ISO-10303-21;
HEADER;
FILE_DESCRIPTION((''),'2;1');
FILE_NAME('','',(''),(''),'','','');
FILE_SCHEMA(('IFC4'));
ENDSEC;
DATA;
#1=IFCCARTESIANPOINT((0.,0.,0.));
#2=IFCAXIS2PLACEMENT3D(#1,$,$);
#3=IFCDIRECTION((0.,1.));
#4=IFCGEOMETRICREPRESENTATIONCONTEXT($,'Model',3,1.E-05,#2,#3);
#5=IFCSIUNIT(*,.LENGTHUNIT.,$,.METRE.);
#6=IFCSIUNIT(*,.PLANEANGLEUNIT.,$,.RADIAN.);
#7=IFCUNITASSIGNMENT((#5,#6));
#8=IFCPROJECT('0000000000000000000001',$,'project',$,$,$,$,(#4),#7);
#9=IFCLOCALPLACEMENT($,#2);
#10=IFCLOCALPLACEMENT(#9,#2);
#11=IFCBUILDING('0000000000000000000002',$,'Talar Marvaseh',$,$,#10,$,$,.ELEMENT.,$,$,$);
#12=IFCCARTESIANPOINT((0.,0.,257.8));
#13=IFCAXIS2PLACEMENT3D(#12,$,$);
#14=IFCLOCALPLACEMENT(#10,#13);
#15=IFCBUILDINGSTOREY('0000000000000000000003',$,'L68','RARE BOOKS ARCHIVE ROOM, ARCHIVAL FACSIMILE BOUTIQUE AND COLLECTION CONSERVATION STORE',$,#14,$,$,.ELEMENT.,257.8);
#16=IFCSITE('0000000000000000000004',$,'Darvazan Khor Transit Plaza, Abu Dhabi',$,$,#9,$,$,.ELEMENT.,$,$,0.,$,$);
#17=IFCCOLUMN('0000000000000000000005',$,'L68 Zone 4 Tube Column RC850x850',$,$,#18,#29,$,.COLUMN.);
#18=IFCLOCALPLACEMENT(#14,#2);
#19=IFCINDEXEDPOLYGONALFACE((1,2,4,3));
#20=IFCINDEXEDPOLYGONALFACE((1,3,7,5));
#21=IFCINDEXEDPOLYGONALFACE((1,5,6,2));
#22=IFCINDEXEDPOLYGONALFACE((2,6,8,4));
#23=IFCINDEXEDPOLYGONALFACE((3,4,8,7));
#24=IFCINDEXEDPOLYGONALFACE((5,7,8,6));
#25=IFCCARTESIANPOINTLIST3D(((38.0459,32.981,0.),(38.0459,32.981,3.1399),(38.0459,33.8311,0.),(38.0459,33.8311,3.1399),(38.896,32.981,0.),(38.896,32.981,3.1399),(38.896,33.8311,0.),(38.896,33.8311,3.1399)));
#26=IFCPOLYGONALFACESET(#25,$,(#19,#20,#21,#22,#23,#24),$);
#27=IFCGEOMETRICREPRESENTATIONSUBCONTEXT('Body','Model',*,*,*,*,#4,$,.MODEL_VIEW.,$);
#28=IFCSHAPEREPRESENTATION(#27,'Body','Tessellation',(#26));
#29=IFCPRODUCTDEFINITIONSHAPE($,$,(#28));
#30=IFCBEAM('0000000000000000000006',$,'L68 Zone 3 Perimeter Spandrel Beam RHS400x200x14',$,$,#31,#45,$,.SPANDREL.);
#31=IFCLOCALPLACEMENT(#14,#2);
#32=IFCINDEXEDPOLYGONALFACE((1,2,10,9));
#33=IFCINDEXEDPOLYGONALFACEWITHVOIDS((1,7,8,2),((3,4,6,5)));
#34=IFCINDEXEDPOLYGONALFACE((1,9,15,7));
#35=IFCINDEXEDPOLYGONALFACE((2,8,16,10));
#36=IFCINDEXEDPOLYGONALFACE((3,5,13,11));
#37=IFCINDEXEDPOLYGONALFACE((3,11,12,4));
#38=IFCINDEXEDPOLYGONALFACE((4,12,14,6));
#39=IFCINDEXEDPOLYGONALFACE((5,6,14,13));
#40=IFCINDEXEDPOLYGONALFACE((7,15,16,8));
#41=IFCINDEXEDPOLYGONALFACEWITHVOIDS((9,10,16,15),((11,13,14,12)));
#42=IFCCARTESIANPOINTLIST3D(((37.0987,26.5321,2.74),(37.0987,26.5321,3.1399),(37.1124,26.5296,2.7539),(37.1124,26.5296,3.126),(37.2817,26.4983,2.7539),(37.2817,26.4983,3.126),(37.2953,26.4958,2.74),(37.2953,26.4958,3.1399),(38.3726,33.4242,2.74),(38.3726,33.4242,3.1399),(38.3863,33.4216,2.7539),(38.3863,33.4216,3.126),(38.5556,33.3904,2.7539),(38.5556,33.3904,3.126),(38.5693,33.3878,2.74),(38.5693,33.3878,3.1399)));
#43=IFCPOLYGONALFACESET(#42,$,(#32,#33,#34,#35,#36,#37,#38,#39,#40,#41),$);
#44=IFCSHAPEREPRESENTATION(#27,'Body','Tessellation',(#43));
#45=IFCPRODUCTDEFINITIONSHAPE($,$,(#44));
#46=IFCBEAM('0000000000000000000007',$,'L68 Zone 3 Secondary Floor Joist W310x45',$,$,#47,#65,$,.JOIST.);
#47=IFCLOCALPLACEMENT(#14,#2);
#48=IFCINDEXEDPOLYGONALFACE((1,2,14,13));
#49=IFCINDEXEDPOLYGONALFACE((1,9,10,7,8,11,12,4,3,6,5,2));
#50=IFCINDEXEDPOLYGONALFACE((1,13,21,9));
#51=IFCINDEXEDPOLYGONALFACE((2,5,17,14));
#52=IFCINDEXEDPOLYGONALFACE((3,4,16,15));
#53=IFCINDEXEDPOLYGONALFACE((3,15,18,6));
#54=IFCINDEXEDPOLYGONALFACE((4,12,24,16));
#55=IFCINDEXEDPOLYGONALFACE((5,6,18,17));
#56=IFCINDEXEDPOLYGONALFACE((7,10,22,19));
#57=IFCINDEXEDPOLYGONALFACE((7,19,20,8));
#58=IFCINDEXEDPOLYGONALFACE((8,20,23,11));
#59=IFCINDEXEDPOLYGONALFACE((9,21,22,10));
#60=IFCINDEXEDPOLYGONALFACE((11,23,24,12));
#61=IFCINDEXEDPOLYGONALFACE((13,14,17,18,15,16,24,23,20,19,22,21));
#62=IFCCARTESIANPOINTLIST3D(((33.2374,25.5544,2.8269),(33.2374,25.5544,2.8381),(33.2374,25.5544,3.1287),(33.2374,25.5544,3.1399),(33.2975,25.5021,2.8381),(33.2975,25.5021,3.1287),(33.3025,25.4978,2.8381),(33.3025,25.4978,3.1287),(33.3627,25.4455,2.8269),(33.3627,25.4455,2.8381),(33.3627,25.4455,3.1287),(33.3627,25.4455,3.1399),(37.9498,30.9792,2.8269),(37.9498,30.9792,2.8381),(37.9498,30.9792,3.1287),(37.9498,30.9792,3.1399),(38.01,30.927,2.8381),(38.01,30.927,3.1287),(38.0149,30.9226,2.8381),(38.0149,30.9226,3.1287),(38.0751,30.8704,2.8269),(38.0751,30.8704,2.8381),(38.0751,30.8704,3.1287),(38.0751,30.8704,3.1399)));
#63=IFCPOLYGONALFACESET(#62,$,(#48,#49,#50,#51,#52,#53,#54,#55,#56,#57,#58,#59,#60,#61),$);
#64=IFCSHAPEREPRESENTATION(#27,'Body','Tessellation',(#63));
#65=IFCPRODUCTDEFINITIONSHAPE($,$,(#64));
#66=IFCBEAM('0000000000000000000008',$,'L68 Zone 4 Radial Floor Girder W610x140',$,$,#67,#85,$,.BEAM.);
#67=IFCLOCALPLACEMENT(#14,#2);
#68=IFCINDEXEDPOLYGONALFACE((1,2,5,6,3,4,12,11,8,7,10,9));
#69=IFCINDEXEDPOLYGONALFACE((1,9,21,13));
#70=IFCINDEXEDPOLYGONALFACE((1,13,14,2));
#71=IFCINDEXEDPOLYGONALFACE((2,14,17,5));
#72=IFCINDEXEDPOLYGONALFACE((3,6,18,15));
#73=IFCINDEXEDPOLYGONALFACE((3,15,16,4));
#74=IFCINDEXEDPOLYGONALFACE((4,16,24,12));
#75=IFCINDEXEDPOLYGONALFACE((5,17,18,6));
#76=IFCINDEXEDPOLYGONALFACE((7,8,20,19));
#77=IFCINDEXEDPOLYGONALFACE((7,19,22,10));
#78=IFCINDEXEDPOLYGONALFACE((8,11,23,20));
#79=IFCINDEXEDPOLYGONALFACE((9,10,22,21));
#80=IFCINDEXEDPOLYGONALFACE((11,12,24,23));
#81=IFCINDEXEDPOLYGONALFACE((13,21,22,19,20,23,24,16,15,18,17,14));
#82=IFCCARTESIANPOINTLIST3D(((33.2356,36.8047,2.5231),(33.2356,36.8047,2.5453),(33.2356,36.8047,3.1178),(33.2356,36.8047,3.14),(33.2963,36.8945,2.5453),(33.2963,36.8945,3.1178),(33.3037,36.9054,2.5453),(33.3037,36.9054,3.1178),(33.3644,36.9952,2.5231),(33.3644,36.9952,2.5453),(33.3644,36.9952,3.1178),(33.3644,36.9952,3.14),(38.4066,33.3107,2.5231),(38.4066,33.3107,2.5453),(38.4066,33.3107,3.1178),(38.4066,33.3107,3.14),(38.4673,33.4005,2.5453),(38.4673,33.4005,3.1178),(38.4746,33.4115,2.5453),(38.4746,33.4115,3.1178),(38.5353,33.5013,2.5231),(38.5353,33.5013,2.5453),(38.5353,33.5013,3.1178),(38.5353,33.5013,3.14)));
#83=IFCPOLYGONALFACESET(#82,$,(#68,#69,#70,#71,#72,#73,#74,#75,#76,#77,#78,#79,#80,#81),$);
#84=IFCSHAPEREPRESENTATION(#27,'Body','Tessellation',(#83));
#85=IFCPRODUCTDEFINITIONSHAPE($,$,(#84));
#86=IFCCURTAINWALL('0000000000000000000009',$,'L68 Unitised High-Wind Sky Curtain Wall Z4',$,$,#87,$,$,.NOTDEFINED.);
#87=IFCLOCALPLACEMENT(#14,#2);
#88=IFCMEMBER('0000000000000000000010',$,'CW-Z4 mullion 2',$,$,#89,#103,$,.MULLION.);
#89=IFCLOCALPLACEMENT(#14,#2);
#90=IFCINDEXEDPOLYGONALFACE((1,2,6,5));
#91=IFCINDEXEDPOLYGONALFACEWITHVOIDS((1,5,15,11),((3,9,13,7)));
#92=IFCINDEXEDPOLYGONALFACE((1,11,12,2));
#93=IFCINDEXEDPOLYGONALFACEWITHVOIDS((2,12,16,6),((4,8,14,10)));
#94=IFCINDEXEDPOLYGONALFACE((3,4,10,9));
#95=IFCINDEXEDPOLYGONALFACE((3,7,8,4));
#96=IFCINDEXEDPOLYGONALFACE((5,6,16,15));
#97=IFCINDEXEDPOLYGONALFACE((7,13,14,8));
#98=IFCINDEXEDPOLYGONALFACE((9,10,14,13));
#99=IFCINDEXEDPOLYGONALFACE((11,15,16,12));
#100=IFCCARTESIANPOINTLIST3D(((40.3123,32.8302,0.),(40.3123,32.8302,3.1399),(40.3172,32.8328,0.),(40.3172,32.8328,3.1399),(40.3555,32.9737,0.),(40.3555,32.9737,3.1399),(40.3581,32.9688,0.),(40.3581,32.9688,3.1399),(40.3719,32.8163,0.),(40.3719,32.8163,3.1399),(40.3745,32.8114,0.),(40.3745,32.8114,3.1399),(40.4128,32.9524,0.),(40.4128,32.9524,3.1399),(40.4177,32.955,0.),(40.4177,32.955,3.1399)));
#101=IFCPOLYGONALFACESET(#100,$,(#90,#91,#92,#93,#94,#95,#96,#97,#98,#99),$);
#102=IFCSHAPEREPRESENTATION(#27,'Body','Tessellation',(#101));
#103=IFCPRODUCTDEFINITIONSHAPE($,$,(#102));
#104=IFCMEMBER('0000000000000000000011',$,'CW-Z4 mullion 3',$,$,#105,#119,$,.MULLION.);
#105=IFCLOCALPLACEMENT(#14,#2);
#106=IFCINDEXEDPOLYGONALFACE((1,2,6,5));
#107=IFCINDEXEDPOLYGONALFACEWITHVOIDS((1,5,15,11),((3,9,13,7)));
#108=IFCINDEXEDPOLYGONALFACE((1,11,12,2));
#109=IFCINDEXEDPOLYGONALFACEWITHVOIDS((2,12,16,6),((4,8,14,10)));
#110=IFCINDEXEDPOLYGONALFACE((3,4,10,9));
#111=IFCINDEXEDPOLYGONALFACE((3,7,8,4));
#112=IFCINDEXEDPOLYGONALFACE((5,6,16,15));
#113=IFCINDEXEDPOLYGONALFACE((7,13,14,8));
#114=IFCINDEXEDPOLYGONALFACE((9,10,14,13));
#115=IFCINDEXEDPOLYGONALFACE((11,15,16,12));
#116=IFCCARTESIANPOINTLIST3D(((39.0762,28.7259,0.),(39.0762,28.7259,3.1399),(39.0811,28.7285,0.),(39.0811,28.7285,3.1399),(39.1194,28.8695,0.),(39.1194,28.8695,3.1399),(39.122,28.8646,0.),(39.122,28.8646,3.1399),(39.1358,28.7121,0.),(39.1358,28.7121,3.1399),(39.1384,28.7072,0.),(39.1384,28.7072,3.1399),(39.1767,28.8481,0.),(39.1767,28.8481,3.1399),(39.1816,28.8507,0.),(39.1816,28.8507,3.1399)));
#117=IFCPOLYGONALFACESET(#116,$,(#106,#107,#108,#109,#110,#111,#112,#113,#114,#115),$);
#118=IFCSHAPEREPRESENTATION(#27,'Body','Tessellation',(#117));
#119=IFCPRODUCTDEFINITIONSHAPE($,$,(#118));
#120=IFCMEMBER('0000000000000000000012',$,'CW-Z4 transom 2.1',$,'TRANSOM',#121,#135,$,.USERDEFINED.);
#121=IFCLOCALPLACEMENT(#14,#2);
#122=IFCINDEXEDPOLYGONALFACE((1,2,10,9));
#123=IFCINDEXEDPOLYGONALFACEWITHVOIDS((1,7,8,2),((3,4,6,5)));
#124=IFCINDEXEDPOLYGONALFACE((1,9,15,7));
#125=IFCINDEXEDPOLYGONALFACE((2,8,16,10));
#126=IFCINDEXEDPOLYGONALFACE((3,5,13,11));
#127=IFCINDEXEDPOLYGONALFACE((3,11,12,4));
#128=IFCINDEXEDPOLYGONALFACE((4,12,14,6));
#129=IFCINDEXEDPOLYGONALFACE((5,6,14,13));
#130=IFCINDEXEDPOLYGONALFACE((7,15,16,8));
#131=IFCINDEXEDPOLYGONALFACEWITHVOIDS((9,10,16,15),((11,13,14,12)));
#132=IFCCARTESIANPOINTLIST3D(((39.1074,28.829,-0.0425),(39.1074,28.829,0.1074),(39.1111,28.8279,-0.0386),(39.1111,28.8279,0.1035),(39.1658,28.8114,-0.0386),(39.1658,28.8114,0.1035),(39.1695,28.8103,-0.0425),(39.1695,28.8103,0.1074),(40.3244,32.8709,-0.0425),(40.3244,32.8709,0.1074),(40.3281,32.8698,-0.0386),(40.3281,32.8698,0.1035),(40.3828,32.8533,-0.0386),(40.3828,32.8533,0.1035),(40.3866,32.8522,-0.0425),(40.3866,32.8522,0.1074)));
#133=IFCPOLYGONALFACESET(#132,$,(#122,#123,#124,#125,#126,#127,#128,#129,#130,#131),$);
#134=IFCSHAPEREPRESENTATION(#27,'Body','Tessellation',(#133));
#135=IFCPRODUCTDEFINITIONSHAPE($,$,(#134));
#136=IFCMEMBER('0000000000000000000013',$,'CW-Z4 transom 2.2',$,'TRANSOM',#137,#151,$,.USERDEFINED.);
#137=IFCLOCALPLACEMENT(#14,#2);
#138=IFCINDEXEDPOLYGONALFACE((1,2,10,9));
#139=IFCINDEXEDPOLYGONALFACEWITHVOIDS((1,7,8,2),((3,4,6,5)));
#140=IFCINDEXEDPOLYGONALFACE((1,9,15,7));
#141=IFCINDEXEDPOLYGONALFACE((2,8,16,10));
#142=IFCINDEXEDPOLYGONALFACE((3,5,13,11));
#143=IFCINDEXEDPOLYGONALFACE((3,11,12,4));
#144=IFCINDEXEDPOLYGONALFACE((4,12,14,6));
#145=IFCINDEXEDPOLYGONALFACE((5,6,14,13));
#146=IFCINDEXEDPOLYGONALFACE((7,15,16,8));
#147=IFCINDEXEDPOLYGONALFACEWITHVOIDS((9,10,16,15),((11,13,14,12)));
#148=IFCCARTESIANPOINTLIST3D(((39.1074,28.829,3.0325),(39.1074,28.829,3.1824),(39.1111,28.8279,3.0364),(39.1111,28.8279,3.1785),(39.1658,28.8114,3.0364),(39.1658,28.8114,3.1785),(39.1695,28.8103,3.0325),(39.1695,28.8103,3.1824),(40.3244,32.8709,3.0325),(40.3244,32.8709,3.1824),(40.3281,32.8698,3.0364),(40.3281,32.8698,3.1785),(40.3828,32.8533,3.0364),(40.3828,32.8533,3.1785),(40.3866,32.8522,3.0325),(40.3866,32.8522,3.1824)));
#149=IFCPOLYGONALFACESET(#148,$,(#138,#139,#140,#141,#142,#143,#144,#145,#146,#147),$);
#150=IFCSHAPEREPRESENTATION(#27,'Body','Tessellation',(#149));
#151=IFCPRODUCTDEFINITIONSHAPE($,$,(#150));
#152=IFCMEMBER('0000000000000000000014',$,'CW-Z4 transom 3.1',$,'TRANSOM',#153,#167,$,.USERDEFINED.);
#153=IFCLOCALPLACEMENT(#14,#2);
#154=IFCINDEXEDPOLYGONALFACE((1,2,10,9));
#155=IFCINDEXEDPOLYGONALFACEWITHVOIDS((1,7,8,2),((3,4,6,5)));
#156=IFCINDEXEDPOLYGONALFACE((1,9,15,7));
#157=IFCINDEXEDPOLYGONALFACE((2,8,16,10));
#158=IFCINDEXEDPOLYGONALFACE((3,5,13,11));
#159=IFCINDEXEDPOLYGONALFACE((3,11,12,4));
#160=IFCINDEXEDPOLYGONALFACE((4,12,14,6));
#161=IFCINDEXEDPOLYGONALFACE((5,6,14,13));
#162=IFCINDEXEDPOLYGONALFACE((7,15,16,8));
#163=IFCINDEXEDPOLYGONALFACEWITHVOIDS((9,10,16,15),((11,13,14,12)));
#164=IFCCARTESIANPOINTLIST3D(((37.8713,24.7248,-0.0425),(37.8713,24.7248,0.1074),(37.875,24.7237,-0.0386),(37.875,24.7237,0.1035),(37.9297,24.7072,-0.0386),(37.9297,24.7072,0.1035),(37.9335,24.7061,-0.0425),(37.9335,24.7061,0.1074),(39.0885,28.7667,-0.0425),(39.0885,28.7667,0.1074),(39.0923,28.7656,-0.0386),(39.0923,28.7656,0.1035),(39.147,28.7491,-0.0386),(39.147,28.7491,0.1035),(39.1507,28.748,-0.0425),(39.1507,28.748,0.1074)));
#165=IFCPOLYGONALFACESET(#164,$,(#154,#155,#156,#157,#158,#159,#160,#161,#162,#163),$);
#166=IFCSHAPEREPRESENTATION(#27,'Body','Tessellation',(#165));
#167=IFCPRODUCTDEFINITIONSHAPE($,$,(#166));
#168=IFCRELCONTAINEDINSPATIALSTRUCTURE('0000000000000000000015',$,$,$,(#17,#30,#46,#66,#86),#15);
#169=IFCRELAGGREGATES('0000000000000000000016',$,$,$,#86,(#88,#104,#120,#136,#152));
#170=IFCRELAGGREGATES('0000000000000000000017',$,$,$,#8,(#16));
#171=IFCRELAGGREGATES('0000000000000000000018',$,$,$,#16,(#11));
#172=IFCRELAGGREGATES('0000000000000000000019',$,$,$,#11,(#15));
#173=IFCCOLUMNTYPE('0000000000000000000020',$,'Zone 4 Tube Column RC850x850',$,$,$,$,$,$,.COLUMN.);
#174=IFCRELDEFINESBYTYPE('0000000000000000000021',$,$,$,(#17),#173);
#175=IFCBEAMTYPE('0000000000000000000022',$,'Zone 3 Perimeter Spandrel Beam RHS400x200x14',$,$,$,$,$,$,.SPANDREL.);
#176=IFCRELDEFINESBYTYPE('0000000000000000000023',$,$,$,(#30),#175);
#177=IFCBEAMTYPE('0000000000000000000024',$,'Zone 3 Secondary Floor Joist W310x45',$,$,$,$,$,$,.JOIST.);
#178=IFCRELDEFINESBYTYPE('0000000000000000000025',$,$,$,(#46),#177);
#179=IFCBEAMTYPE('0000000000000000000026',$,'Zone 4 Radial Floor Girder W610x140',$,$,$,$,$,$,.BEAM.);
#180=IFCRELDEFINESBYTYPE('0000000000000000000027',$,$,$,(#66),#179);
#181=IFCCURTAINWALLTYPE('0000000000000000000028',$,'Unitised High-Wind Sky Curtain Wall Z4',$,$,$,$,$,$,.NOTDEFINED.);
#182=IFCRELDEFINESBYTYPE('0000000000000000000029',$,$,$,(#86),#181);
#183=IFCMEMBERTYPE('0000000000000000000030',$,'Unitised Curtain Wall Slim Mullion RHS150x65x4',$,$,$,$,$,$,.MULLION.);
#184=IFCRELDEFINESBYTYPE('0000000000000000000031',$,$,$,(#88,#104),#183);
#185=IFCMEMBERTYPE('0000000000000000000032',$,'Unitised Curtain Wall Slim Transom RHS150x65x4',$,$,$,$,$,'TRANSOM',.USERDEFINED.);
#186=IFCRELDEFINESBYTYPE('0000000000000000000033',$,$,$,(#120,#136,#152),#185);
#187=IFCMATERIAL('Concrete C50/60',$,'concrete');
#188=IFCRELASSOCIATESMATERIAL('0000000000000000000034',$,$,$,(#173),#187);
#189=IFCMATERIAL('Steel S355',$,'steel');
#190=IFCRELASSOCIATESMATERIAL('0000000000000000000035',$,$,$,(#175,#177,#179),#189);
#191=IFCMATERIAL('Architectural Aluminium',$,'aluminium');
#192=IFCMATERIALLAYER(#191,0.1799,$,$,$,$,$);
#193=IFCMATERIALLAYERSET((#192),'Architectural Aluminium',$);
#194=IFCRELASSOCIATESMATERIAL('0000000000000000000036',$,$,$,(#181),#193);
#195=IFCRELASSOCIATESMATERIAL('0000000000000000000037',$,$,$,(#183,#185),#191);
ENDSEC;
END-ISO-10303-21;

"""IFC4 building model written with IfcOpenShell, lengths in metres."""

from ifc_helpers import new_model, si_unit, direction, frame, origin, origin_2d, place, context, subcontext, project, spatial, rectangle, hollow_rectangle, i_section, extrude, source, transform, mapped, material, layer, layer_set, material_profile, profile_set, type_object, type_shapes, element, aggregate, save


model = new_model("IFC4")

# Units and contexts
model_context = context("Model", 3, precision=1e-05, world=origin(), true_north=direction((0.0, 1.0)))
body_context = subcontext(model_context, "Body", "Model", "MODEL_VIEW")
ifc_project = project(units=[si_unit("LENGTHUNIT", "METRE"), si_unit("PLANEANGLEUNIT", "RADIAN")], contexts=[model_context])

# Site, building, storey
site_placement = place(None, origin())
site = spatial("IfcSite", under=ifc_project, at=site_placement, Name="Darvazan Khor Transit Plaza, Abu Dhabi", CompositionType="ELEMENT", RefElevation=0.0)
building_placement = place(site_placement, origin())
building = spatial("IfcBuilding", under=site, at=building_placement, Name="Talar Marvaseh", CompositionType="ELEMENT")
storey_placement = place(building_placement, frame((0.0, 0.0, 257.8)))
storey = spatial("IfcBuildingStorey", under=building, at=storey_placement, Name="L68", Description="RARE BOOKS ARCHIVE ROOM, ARCHIVAL FACSIMILE BOUTIQUE AND COLLECTION CONSERVATION STORE", CompositionType="ELEMENT", Elevation=257.8)

# Column
ifc_material_1 = material(Name="Concrete C50/60", Category="concrete")
ifc_material_profile_1 = material_profile(ifc_material_1, rectangle(XDim=0.8501, YDim=0.8501, at=origin_2d()), Name="RC850x850")
ifc_profile_set_1 = profile_set([ifc_material_profile_1], Name="Concrete C50/60")
column_type = type_object("IfcColumnType", Name="Zone 4 Tube Column RC850x850", PredefinedType="COLUMN", material=ifc_profile_set_1)
column_placement = place(storey_placement, frame((38.4709, 33.406, 0.0), z_axis=(0.0, 0.0, 1.0), x_axis=(1.0, 0.0, 0.0)))
element("IfcColumn", 1, at=column_placement, inside=storey, type_object=column_type, Name="L68 Zone 4 Tube Column RC850x850", PredefinedType="COLUMN", context=body_context, shape_type="SweptSolid", body=[
    extrude(rectangle(XDim=0.8501, YDim=0.8501, at=origin_2d()), origin(), (0.0, 0.0, 1.0), 3.1399),
])

# Beams
ifc_material_2 = material(Name="Steel S355", Category="steel")
ifc_material_profile_2 = material_profile(ifc_material_2, hollow_rectangle(XDim=0.2, YDim=0.3999, WallThickness=0.0139, at=origin_2d()), Name="RHS400x200x14")
ifc_profile_set_2 = profile_set([ifc_material_profile_2], Name="Steel S355")
beam_type_1 = type_object("IfcBeamType", Name="Zone 3 Perimeter Spandrel Beam RHS400x200x14", PredefinedType="SPANDREL", material=ifc_profile_set_2)
beam_1_placement = place(storey_placement, frame((38.4709, 33.406, 2.9399), z_axis=(-0.18176, -0.983343, 0.0), x_axis=(0.983343, -0.18176, 0.0)))
element("IfcBeam", 2, at=beam_1_placement, inside=storey, type_object=beam_type_1, Name="L68 Zone 3 Perimeter Spandrel Beam RHS400x200x14", PredefinedType="SPANDREL", context=body_context, shape_type="SweptSolid", body=[
    extrude(hollow_rectangle(XDim=0.2, YDim=0.3999, WallThickness=0.0139, at=origin_2d()), origin(), (0.0, 0.0, 1.0), 7.0088),
])
ifc_material_profile_3 = material_profile(ifc_material_2, i_section(OverallWidth=0.166, OverallDepth=0.313, WebThickness=0.0066, FlangeThickness=0.0112, at=origin_2d()), Name="W310x45")
ifc_profile_set_3 = profile_set([ifc_material_profile_3], Name="Steel S355")
beam_type_2 = type_object("IfcBeamType", Name="Zone 3 Secondary Floor Joist W310x45", PredefinedType="JOIST", material=ifc_profile_set_3)
beam_2_placement = place(storey_placement, frame((38.0125, 30.9248, 2.9834), z_axis=(-0.655797, -0.754938, 0.0), x_axis=(0.754938, -0.655797, 0.0)))
element("IfcBeam", 3, at=beam_2_placement, inside=storey, type_object=beam_type_2, Name="L68 Zone 3 Secondary Floor Joist W310x45", PredefinedType="JOIST", context=body_context, shape_type="SweptSolid", body=[
    extrude(i_section(OverallWidth=0.166, OverallDepth=0.313, WebThickness=0.0066, FlangeThickness=0.0112, at=origin_2d()), origin(), (0.0, 0.0, 1.0), 7.1858),
])
ifc_material_profile_4 = material_profile(ifc_material_2, i_section(OverallWidth=0.23, OverallDepth=0.6169, WebThickness=0.0132, FlangeThickness=0.0222, at=origin_2d()), Name="W610x140")
ifc_profile_set_4 = profile_set([ifc_material_profile_4], Name="Steel S355")
beam_type_3 = type_object("IfcBeamType", Name="Zone 4 Radial Floor Girder W610x140", PredefinedType="BEAM", material=ifc_profile_set_4)
beam_3_placement = place(storey_placement, frame((38.4709, 33.406, 2.8315), z_axis=(-0.828586, 0.559862, 0.0), x_axis=(-0.559862, -0.828586, 0.0)))
element("IfcBeam", 4, at=beam_3_placement, inside=storey, type_object=beam_type_3, Name="L68 Zone 4 Radial Floor Girder W610x140", PredefinedType="BEAM", context=body_context, shape_type="SweptSolid", body=[
    extrude(i_section(OverallWidth=0.23, OverallDepth=0.6169, WebThickness=0.0132, FlangeThickness=0.0222, at=origin_2d()), origin(), (0.0, 0.0, 1.0), 6.2407),
])

# Curtain wall, members
ifc_material_3 = material(Name="Architectural Aluminium", Category="aluminium")
ifc_layer_1 = layer(ifc_material_3, 0.1799)
ifc_layer_set_1 = layer_set([ifc_layer_1], Name="Architectural Aluminium")
curtain_wall_type = type_object("IfcCurtainWallType", Name="Unitised High-Wind Sky Curtain Wall Z4", PredefinedType="NOTDEFINED", material=ifc_layer_set_1)
curtain_wall_placement = place(storey_placement, origin())
curtain_wall = element("IfcCurtainWall", 5, at=curtain_wall_placement, inside=storey, type_object=curtain_wall_type, Name="L68 Unitised High-Wind Sky Curtain Wall Z4", PredefinedType="NOTDEFINED")
ifc_material_profile_5 = material_profile(ifc_material_3, hollow_rectangle(XDim=0.0649, YDim=0.1499, WallThickness=0.0039, at=origin_2d()), Name="RHS150x65x4")
ifc_profile_set_5 = profile_set([ifc_material_profile_5], Name="Architectural Aluminium")
member_type_1 = type_object("IfcMemberType", Name="Unitised Curtain Wall Slim Mullion RHS150x65x4", PredefinedType="MULLION", material=ifc_profile_set_5)
shared_shape_1 = source(origin(), body_context, "Body", "SweptSolid", [
    extrude(hollow_rectangle(XDim=0.0649, YDim=0.1499, WallThickness=0.0039, at=origin_2d()), origin(), (0.0, 0.0, 1.0), 3.1399),
])
type_shapes(member_type_1, [shared_shape_1])
member_1_placement = place(storey_placement, frame((40.365, 32.8926, 0.0), z_axis=(0.0, 0.0, 1.0), x_axis=(0.957526, -0.288346, 0.0)))
member_1 = element("IfcMember", 6, at=member_1_placement, type_object=member_type_1, Name="CW-Z4 mullion 2", PredefinedType="MULLION", context=body_context, shape_type="MappedRepresentation", body=[
    mapped(shared_shape_1, transform((0.0, 0.0, 0.0), x_axis=(1.0, 0.0, 0.0), y_axis=(0.0, 1.0, 0.0), z_axis=(0.0, 0.0, 1.0), scale=1.0)),
])
member_2_placement = place(storey_placement, frame((39.1289, 28.7883, 0.0), z_axis=(0.0, 0.0, 1.0), x_axis=(0.957526, -0.288346, 0.0)))
member_2 = element("IfcMember", 7, at=member_2_placement, type_object=member_type_1, Name="CW-Z4 mullion 3", PredefinedType="MULLION", context=body_context, shape_type="MappedRepresentation", body=[
    mapped(shared_shape_1, transform((0.0, 0.0, 0.0), x_axis=(1.0, 0.0, 0.0), y_axis=(0.0, 1.0, 0.0), z_axis=(0.0, 0.0, 1.0), scale=1.0)),
])
ifc_material_profile_6 = material_profile(ifc_material_3, hollow_rectangle(XDim=0.0649, YDim=0.1499, WallThickness=0.0039, at=origin_2d()), Name="RHS150x65x4")
ifc_profile_set_6 = profile_set([ifc_material_profile_6], Name="Architectural Aluminium")
member_type_2 = type_object("IfcMemberType", Name="Unitised Curtain Wall Slim Transom RHS150x65x4", ElementType="TRANSOM", PredefinedType="USERDEFINED", material=ifc_profile_set_6)
shared_shape_2 = source(origin(), body_context, "Body", "SweptSolid", [
    extrude(hollow_rectangle(XDim=0.0649, YDim=0.1499, WallThickness=0.0039, at=origin_2d()), origin(), (0.0, 0.0, 1.0), 4.2212),
])
type_shapes(member_type_2, [shared_shape_2])
member_3_placement = place(storey_placement, frame((40.3555, 32.8616, 0.0325), z_axis=(-0.288313, -0.957536, 0.0), x_axis=(0.957536, -0.288313, 0.0)))
member_3 = element("IfcMember", 8, at=member_3_placement, type_object=member_type_2, Name="CW-Z4 transom 2.1", ObjectType="TRANSOM", PredefinedType="USERDEFINED", context=body_context, shape_type="MappedRepresentation", body=[
    mapped(shared_shape_2, transform((0.0, 0.0, 0.0), x_axis=(1.0, 0.0, 0.0), y_axis=(0.0, 1.0, 0.0), z_axis=(0.0, 0.0, 1.0), scale=1.0)),
])
member_4_placement = place(storey_placement, frame((40.3555, 32.8616, 3.1074), z_axis=(-0.288313, -0.957536, 0.0), x_axis=(0.957536, -0.288313, 0.0)))
member_4 = element("IfcMember", 9, at=member_4_placement, type_object=member_type_2, Name="CW-Z4 transom 2.2", ObjectType="TRANSOM", PredefinedType="USERDEFINED", context=body_context, shape_type="MappedRepresentation", body=[
    mapped(shared_shape_2, transform((0.0, 0.0, 0.0), x_axis=(1.0, 0.0, 0.0), y_axis=(0.0, 1.0, 0.0), z_axis=(0.0, 0.0, 1.0), scale=1.0)),
])
member_5_placement = place(storey_placement, frame((39.1196, 28.7573, 0.0325), z_axis=(-0.288366, -0.95752, 0.0), x_axis=(0.95752, -0.288366, 0.0)))
member_5 = element("IfcMember", 10, at=member_5_placement, type_object=member_type_2, Name="CW-Z4 transom 3.1", ObjectType="TRANSOM", PredefinedType="USERDEFINED", context=body_context, shape_type="MappedRepresentation", body=[
    mapped(shared_shape_2, transform((0.0, 0.0, 0.0), x_axis=(1.0, 0.0, 0.0), y_axis=(0.0, 1.0, 0.0), z_axis=(0.0, 0.0, 1.0), scale=1.0)),
])
aggregate(curtain_wall, [member_1, member_2, member_3, member_4, member_5])

save(model, "model.ifc")
